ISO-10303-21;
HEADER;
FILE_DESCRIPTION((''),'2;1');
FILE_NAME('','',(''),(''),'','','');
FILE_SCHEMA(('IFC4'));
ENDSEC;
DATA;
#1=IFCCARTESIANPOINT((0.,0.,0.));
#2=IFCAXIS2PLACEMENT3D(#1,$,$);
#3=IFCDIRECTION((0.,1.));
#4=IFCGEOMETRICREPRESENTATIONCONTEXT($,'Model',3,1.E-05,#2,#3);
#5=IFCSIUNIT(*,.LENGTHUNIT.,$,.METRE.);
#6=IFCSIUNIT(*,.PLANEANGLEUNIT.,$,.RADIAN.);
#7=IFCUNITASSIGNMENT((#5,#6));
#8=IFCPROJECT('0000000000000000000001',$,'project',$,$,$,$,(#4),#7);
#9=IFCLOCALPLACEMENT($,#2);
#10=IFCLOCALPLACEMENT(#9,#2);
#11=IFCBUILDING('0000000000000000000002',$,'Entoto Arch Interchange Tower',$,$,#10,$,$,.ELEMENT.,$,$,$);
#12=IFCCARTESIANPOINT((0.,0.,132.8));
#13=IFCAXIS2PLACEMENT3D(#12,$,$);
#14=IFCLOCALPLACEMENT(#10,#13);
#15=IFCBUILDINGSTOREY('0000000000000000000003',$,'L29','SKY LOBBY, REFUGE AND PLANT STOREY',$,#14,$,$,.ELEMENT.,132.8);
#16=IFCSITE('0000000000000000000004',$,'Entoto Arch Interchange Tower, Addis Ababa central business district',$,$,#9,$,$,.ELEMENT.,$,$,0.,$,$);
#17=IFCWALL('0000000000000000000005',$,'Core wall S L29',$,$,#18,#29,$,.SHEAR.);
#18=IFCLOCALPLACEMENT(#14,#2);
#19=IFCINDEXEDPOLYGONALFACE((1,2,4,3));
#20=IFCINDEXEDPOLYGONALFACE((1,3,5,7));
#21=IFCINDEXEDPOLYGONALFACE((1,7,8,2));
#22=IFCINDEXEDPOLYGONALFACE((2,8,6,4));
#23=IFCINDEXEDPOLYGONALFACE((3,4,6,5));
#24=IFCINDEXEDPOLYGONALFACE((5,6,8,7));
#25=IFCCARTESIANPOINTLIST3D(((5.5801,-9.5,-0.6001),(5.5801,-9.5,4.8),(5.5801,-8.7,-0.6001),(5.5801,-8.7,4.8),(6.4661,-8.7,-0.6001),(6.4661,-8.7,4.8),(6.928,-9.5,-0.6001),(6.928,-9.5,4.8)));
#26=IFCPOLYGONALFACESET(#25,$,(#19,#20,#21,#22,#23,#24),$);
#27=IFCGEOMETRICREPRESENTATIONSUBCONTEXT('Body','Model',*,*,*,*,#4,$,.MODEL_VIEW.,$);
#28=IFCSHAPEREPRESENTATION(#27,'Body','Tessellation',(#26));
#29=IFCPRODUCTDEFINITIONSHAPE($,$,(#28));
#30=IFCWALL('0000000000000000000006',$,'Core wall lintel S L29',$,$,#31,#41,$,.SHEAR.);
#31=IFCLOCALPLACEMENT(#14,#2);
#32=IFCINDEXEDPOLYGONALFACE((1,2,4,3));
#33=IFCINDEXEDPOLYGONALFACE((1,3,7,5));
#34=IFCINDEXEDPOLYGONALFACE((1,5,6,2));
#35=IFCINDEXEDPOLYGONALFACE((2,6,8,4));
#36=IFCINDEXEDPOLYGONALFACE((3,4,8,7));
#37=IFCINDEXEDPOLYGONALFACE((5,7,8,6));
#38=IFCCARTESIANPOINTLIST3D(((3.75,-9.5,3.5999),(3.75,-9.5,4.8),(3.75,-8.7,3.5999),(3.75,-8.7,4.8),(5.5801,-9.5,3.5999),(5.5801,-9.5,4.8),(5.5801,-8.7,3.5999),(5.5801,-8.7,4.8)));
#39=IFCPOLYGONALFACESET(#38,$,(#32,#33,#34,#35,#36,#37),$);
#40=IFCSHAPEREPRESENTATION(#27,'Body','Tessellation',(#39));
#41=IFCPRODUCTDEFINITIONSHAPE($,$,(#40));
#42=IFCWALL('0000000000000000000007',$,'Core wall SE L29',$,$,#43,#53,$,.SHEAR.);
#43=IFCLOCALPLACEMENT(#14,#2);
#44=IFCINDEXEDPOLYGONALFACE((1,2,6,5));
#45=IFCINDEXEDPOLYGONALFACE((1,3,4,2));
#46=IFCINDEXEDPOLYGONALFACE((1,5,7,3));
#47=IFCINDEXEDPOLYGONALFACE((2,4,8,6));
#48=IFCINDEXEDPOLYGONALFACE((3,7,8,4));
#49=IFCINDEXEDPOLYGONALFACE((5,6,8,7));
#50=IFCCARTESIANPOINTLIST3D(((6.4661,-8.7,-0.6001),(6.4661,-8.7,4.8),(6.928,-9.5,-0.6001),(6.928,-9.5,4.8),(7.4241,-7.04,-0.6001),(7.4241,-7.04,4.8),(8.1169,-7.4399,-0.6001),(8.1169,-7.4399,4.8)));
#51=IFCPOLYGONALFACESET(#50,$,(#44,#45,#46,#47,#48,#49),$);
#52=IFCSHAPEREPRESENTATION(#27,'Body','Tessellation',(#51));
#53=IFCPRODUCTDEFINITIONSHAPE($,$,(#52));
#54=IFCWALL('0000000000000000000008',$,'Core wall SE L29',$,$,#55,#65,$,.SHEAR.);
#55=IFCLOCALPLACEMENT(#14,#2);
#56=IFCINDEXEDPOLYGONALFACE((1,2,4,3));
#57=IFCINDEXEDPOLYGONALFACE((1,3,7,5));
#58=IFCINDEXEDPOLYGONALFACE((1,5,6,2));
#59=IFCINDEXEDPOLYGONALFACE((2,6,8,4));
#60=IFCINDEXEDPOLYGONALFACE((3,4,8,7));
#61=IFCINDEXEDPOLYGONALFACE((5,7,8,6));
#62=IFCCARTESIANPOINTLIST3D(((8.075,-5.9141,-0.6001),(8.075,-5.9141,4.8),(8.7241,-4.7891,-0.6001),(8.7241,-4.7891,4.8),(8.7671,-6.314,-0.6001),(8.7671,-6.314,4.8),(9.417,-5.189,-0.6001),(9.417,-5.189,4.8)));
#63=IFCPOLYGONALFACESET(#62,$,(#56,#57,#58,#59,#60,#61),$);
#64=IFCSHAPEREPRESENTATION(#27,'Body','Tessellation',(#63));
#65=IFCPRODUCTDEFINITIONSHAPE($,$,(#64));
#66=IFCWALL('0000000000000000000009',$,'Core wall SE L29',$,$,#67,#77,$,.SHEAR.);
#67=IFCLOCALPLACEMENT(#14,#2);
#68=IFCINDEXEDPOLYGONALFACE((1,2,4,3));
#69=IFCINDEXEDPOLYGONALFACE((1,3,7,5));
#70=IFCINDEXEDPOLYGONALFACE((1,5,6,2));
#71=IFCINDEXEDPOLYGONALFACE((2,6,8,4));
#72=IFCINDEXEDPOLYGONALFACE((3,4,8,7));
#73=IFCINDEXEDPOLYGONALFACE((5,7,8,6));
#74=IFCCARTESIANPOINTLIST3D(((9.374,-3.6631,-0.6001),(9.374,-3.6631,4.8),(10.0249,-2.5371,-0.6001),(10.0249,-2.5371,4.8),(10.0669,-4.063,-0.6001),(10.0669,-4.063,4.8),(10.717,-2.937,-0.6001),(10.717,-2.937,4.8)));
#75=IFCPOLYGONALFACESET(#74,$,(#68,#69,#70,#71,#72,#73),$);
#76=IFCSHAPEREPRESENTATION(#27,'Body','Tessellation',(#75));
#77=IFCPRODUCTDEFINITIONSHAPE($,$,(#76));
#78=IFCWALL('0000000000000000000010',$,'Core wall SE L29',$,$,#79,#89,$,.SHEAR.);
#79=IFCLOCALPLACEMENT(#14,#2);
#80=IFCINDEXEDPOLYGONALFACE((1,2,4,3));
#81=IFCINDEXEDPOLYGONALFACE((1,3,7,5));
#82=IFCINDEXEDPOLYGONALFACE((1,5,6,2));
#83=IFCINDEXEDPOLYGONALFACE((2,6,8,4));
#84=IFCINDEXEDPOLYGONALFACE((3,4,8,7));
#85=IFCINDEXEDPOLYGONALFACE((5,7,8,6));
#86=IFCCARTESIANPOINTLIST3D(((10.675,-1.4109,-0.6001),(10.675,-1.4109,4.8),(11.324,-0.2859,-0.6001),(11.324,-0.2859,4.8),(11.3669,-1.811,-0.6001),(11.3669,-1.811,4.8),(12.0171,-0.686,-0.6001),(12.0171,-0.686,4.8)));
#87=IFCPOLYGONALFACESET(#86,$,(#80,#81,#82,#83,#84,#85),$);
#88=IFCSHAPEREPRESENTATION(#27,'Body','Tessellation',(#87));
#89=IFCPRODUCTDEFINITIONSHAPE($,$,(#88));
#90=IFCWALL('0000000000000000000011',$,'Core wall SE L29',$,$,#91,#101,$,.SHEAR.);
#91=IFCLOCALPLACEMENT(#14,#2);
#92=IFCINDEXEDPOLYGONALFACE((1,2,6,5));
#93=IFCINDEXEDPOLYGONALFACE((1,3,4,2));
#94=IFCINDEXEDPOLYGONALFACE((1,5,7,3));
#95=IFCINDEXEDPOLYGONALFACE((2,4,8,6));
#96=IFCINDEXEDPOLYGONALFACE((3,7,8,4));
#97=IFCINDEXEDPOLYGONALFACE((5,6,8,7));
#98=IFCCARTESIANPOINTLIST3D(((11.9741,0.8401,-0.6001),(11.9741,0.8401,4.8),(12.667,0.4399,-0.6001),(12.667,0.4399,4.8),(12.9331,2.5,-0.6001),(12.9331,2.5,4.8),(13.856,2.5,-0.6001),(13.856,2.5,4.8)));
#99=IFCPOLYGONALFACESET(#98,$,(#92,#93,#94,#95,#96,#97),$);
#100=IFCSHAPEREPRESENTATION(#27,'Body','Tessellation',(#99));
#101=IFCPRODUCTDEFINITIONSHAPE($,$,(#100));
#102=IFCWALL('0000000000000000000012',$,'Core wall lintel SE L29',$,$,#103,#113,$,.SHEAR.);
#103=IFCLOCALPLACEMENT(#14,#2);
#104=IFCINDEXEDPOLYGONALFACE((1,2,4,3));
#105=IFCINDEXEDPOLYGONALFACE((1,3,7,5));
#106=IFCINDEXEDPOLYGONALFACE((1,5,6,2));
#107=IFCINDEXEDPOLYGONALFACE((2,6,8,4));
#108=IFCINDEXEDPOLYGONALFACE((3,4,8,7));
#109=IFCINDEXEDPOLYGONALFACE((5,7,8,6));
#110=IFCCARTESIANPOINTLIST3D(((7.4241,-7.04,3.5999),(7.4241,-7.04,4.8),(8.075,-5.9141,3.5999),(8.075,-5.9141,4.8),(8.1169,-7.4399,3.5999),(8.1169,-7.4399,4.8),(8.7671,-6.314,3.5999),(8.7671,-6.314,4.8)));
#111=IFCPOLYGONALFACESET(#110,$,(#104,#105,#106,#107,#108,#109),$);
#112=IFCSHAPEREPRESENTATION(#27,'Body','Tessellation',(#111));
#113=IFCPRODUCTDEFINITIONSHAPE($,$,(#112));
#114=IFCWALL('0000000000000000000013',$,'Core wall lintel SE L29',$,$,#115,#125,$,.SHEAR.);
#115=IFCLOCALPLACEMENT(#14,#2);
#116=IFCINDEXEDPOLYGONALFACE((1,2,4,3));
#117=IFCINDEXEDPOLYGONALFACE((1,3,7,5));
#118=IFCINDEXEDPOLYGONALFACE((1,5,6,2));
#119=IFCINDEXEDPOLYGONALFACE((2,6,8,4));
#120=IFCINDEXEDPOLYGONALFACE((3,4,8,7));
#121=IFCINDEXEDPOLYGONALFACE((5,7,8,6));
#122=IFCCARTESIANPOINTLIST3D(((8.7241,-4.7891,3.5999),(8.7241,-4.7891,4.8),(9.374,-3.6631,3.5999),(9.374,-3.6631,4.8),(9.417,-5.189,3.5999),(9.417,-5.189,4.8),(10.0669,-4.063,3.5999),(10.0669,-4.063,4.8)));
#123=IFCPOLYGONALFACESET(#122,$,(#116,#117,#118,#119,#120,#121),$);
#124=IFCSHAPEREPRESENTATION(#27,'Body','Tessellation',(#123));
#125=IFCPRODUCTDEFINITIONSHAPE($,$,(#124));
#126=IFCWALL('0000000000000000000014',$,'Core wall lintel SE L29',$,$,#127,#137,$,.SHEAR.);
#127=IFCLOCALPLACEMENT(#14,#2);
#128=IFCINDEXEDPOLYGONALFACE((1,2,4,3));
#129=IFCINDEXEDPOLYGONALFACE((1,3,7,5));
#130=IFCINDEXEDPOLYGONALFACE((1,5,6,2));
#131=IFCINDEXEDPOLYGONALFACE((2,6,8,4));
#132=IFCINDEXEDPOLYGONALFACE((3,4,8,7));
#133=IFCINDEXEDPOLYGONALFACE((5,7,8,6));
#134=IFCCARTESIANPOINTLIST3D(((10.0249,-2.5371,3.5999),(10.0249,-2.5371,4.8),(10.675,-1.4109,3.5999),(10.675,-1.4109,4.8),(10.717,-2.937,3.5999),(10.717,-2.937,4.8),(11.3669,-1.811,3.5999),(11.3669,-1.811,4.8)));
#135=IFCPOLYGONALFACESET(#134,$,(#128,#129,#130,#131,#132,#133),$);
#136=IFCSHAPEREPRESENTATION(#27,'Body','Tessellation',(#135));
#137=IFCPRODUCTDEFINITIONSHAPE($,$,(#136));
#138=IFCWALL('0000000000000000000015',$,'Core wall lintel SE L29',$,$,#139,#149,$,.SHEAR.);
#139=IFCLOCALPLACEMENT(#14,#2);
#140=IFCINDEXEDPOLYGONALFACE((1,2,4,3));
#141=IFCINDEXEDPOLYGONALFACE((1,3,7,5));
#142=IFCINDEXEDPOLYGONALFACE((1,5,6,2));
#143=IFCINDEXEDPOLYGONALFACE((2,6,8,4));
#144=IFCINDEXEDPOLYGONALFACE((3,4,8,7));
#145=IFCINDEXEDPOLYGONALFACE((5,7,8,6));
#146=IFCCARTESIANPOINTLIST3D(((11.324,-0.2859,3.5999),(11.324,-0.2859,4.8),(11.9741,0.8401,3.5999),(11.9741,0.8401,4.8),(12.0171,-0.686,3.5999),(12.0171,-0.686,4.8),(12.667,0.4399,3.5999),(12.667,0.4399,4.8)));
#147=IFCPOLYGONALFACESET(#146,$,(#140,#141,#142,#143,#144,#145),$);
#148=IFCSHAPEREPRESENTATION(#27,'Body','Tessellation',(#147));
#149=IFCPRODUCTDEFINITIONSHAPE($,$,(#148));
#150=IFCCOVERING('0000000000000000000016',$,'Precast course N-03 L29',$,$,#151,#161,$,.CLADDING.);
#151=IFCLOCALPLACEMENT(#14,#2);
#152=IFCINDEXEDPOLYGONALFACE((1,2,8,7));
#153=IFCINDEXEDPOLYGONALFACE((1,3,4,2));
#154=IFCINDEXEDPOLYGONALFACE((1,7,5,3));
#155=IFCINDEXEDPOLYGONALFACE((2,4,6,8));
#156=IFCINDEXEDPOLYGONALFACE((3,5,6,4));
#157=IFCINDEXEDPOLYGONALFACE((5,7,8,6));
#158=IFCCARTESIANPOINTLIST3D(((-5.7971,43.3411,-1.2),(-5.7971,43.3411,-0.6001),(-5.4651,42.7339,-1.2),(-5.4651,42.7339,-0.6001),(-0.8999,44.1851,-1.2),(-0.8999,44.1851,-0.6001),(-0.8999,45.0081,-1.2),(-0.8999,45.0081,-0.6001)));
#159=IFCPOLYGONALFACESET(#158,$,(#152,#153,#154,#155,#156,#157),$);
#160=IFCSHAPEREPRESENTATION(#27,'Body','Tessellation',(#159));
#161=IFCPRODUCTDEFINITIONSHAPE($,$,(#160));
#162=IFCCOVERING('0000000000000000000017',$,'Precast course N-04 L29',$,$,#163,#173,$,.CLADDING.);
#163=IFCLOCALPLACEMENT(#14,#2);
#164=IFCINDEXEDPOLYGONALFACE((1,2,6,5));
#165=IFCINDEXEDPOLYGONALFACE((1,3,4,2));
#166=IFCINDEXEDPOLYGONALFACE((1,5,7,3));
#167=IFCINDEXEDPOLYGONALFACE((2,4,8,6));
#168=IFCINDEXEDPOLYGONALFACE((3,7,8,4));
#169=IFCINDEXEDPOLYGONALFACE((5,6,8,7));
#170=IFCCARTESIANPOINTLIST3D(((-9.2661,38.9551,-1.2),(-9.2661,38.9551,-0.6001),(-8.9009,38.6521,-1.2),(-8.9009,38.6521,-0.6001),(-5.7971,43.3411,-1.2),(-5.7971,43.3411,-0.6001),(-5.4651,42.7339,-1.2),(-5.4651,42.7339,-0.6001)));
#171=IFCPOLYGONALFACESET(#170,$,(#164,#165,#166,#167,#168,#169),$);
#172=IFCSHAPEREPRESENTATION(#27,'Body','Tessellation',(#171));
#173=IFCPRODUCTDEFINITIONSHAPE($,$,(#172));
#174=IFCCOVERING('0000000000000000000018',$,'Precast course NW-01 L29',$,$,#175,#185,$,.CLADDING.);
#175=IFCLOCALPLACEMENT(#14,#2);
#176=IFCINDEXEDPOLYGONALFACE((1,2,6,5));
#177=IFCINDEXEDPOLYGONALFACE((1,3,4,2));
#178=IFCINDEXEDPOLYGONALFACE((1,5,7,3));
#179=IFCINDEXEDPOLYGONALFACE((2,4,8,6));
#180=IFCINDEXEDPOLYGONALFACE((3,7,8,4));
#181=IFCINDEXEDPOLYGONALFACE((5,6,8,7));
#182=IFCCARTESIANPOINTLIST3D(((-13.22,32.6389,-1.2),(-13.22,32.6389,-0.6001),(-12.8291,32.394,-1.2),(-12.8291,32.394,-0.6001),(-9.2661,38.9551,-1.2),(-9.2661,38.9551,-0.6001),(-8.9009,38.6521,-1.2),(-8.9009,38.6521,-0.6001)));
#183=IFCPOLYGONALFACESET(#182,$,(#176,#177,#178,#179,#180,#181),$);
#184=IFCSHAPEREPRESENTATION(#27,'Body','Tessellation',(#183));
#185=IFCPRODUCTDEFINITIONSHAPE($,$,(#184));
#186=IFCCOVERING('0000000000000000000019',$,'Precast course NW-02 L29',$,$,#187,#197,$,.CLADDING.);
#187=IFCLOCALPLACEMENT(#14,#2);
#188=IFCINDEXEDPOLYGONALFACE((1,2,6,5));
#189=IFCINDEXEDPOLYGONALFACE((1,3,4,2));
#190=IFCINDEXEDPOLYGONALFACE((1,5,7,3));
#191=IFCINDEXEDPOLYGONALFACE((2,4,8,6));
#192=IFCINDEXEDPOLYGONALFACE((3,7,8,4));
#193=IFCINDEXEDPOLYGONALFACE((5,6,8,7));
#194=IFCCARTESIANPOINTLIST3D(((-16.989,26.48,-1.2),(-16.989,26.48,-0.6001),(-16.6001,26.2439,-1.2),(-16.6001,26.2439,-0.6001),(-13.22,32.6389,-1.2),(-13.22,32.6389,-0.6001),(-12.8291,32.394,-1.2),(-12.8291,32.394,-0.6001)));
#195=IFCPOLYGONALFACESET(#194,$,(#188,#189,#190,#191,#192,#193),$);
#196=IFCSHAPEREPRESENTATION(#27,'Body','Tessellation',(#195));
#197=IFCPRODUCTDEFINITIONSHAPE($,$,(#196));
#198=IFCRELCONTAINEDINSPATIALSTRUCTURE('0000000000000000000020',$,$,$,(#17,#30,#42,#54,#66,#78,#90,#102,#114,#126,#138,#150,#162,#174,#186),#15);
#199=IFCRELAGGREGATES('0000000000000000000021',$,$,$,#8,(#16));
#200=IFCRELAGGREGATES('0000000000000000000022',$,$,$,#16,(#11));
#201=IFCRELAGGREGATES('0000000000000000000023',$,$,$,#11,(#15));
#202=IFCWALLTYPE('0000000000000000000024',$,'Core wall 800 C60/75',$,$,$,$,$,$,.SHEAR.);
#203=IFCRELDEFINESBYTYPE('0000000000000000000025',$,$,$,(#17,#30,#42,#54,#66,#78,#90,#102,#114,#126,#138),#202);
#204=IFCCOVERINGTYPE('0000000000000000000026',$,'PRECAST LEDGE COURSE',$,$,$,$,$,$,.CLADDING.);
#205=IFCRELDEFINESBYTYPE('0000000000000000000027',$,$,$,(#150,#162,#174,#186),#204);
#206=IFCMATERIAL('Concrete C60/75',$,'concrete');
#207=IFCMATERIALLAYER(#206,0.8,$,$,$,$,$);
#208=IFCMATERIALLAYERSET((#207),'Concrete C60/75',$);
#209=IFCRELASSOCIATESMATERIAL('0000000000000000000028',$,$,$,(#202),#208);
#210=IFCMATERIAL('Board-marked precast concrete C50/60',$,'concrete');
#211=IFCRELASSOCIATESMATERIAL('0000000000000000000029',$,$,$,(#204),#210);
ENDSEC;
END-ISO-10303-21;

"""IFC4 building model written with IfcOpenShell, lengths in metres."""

from ifc_helpers import new_model, si_unit, direction, frame, origin, place, context, subcontext, project, spatial, polyline, outline, extrude, material, layer, layer_set, type_object, element, save


model = new_model("IFC4")

# Units and contexts
model_context = context("Model", 3, precision=1e-05, world=origin(), true_north=direction((0.0, 1.0)))
body_context = subcontext(model_context, "Body", "Model", "MODEL_VIEW")
ifc_project = project(units=[si_unit("LENGTHUNIT", "METRE"), si_unit("PLANEANGLEUNIT", "RADIAN")], contexts=[model_context])

# Site, building, storey
site_placement = place(None, origin())
site = spatial("IfcSite", under=ifc_project, at=site_placement, Name="Entoto Arch Interchange Tower, Addis Ababa central business district", CompositionType="ELEMENT", RefElevation=0.0)
building_placement = place(site_placement, origin())
building = spatial("IfcBuilding", under=site, at=building_placement, Name="Entoto Arch Interchange Tower", CompositionType="ELEMENT")
storey_placement = place(building_placement, frame((0.0, 0.0, 132.8)))
storey = spatial("IfcBuildingStorey", under=building, at=storey_placement, Name="L29", Description="SKY LOBBY, REFUGE AND PLANT STOREY", CompositionType="ELEMENT", Elevation=132.8)

# Walls
ifc_material_1 = material(Name="Concrete C60/75", Category="concrete")
ifc_layer = layer(ifc_material_1, 0.8)
ifc_layer_set = layer_set([ifc_layer], Name="Concrete C60/75")
wall_type = type_object("IfcWallType", Name="Core wall 800 C60/75", PredefinedType="SHEAR", material=ifc_layer_set)
wall_1_placement = place(storey_placement, frame((0.0, 0.0, -0.6001)))
element("IfcWall", 1, at=wall_1_placement, inside=storey, type_object=wall_type, Name="Core wall S L29", PredefinedType="SHEAR", context=body_context, shape_type="SweptSolid", body=[
    extrude(outline(polyline([(5.5801, -8.7), (5.5801, -9.5), (6.928, -9.5), (6.4661, -8.7), (5.5801, -8.7)])), origin(), (0.0, 0.0, 1.0), 5.4001),
])
wall_2_placement = place(storey_placement, frame((0.0, 0.0, 3.5999)))
element("IfcWall", 2, at=wall_2_placement, inside=storey, type_object=wall_type, Name="Core wall lintel S L29", PredefinedType="SHEAR", context=body_context, shape_type="SweptSolid", body=[
    extrude(outline(polyline([(5.5801, -9.5), (5.5801, -8.7), (3.75, -8.7), (3.75, -9.5), (5.5801, -9.5)])), origin(), (0.0, 0.0, 1.0), 1.2002),
])
wall_3_placement = place(storey_placement, frame((0.0, 0.0, -0.6001)))
element("IfcWall", 3, at=wall_3_placement, inside=storey, type_object=wall_type, Name="Core wall SE L29", PredefinedType="SHEAR", context=body_context, shape_type="SweptSolid", body=[
    extrude(outline(polyline([(8.1169, -7.4399), (7.4241, -7.04), (6.4661, -8.7), (6.928, -9.5), (8.1169, -7.4399)])), origin(), (0.0, 0.0, 1.0), 5.4001),
])
wall_4_placement = place(storey_placement, frame((0.0, 0.0, -0.6001)))
element("IfcWall", 4, at=wall_4_placement, inside=storey, type_object=wall_type, Name="Core wall SE L29", PredefinedType="SHEAR", context=body_context, shape_type="SweptSolid", body=[
    extrude(outline(polyline([(9.417, -5.189), (8.7241, -4.7891), (8.075, -5.9141), (8.7671, -6.314), (9.417, -5.189)])), origin(), (0.0, 0.0, 1.0), 5.4001),
])
wall_5_placement = place(storey_placement, frame((0.0, 0.0, -0.6001)))
element("IfcWall", 5, at=wall_5_placement, inside=storey, type_object=wall_type, Name="Core wall SE L29", PredefinedType="SHEAR", context=body_context, shape_type="SweptSolid", body=[
    extrude(outline(polyline([(10.717, -2.937), (10.0249, -2.5371), (9.374, -3.6631), (10.0669, -4.063), (10.717, -2.937)])), origin(), (0.0, 0.0, 1.0), 5.4001),
])
wall_6_placement = place(storey_placement, frame((0.0, 0.0, -0.6001)))
element("IfcWall", 6, at=wall_6_placement, inside=storey, type_object=wall_type, Name="Core wall SE L29", PredefinedType="SHEAR", context=body_context, shape_type="SweptSolid", body=[
    extrude(outline(polyline([(12.0171, -0.686), (11.324, -0.2859), (10.675, -1.4109), (11.3669, -1.811), (12.0171, -0.686)])), origin(), (0.0, 0.0, 1.0), 5.4001),
])
wall_7_placement = place(storey_placement, frame((0.0, 0.0, -0.6001)))
element("IfcWall", 7, at=wall_7_placement, inside=storey, type_object=wall_type, Name="Core wall SE L29", PredefinedType="SHEAR", context=body_context, shape_type="SweptSolid", body=[
    extrude(outline(polyline([(11.9741, 0.8401), (12.667, 0.4399), (13.856, 2.5), (12.9331, 2.5), (11.9741, 0.8401)])), origin(), (0.0, 0.0, 1.0), 5.4001),
])
wall_8_placement = place(storey_placement, frame((0.0, 0.0, 3.5999)))
element("IfcWall", 8, at=wall_8_placement, inside=storey, type_object=wall_type, Name="Core wall lintel SE L29", PredefinedType="SHEAR", context=body_context, shape_type="SweptSolid", body=[
    extrude(outline(polyline([(8.7671, -6.314), (8.075, -5.9141), (7.4241, -7.04), (8.1169, -7.4399), (8.7671, -6.314)])), origin(), (0.0, 0.0, 1.0), 1.2002),
])
wall_9_placement = place(storey_placement, frame((0.0, 0.0, 3.5999)))
element("IfcWall", 9, at=wall_9_placement, inside=storey, type_object=wall_type, Name="Core wall lintel SE L29", PredefinedType="SHEAR", context=body_context, shape_type="SweptSolid", body=[
    extrude(outline(polyline([(10.0669, -4.063), (9.374, -3.6631), (8.7241, -4.7891), (9.417, -5.189), (10.0669, -4.063)])), origin(), (0.0, 0.0, 1.0), 1.2002),
])
wall_10_placement = place(storey_placement, frame((0.0, 0.0, 3.5999)))
element("IfcWall", 10, at=wall_10_placement, inside=storey, type_object=wall_type, Name="Core wall lintel SE L29", PredefinedType="SHEAR", context=body_context, shape_type="SweptSolid", body=[
    extrude(outline(polyline([(11.3669, -1.811), (10.675, -1.4109), (10.0249, -2.5371), (10.717, -2.937), (11.3669, -1.811)])), origin(), (0.0, 0.0, 1.0), 1.2002),
])
wall_11_placement = place(storey_placement, frame((0.0, 0.0, 3.5999)))
element("IfcWall", 11, at=wall_11_placement, inside=storey, type_object=wall_type, Name="Core wall lintel SE L29", PredefinedType="SHEAR", context=body_context, shape_type="SweptSolid", body=[
    extrude(outline(polyline([(12.667, 0.4399), (11.9741, 0.8401), (11.324, -0.2859), (12.0171, -0.686), (12.667, 0.4399)])), origin(), (0.0, 0.0, 1.0), 1.2002),
])

# Coverings
ifc_material_2 = material(Name="Board-marked precast concrete C50/60", Category="concrete")
covering_type = type_object("IfcCoveringType", Name="PRECAST LEDGE COURSE", PredefinedType="CLADDING", material=ifc_material_2)
covering_1_placement = place(storey_placement, frame((0.0, 0.0, -1.2)))
element("IfcCovering", 12, at=covering_1_placement, inside=storey, type_object=covering_type, Name="Precast course N-03 L29", PredefinedType="CLADDING", context=body_context, shape_type="SweptSolid", body=[
    extrude(outline(polyline([(-5.4651, 42.7339), (-5.7971, 43.3411), (-0.8999, 45.0081), (-0.8999, 44.1851), (-5.4651, 42.7339)])), origin(), (0.0, 0.0, 1.0), 0.5999),
])
covering_2_placement = place(storey_placement, frame((0.0, 0.0, -1.2)))
element("IfcCovering", 13, at=covering_2_placement, inside=storey, type_object=covering_type, Name="Precast course N-04 L29", PredefinedType="CLADDING", context=body_context, shape_type="SweptSolid", body=[
    extrude(outline(polyline([(-8.9009, 38.6521), (-9.2661, 38.9551), (-5.7971, 43.3411), (-5.4651, 42.7339), (-8.9009, 38.6521)])), origin(), (0.0, 0.0, 1.0), 0.5999),
])
covering_3_placement = place(storey_placement, frame((0.0, 0.0, -1.2)))
element("IfcCovering", 14, at=covering_3_placement, inside=storey, type_object=covering_type, Name="Precast course NW-01 L29", PredefinedType="CLADDING", context=body_context, shape_type="SweptSolid", body=[
    extrude(outline(polyline([(-12.8291, 32.394), (-13.22, 32.6389), (-9.2661, 38.9551), (-8.9009, 38.6521), (-12.8291, 32.394)])), origin(), (0.0, 0.0, 1.0), 0.5999),
])
covering_4_placement = place(storey_placement, frame((0.0, 0.0, -1.2)))
element("IfcCovering", 15, at=covering_4_placement, inside=storey, type_object=covering_type, Name="Precast course NW-02 L29", PredefinedType="CLADDING", context=body_context, shape_type="SweptSolid", body=[
    extrude(outline(polyline([(-16.6001, 26.2439), (-16.989, 26.48), (-13.22, 32.6389), (-12.8291, 32.394), (-16.6001, 26.2439)])), origin(), (0.0, 0.0, 1.0), 0.5999),
])

save(model, "model.ifc")
